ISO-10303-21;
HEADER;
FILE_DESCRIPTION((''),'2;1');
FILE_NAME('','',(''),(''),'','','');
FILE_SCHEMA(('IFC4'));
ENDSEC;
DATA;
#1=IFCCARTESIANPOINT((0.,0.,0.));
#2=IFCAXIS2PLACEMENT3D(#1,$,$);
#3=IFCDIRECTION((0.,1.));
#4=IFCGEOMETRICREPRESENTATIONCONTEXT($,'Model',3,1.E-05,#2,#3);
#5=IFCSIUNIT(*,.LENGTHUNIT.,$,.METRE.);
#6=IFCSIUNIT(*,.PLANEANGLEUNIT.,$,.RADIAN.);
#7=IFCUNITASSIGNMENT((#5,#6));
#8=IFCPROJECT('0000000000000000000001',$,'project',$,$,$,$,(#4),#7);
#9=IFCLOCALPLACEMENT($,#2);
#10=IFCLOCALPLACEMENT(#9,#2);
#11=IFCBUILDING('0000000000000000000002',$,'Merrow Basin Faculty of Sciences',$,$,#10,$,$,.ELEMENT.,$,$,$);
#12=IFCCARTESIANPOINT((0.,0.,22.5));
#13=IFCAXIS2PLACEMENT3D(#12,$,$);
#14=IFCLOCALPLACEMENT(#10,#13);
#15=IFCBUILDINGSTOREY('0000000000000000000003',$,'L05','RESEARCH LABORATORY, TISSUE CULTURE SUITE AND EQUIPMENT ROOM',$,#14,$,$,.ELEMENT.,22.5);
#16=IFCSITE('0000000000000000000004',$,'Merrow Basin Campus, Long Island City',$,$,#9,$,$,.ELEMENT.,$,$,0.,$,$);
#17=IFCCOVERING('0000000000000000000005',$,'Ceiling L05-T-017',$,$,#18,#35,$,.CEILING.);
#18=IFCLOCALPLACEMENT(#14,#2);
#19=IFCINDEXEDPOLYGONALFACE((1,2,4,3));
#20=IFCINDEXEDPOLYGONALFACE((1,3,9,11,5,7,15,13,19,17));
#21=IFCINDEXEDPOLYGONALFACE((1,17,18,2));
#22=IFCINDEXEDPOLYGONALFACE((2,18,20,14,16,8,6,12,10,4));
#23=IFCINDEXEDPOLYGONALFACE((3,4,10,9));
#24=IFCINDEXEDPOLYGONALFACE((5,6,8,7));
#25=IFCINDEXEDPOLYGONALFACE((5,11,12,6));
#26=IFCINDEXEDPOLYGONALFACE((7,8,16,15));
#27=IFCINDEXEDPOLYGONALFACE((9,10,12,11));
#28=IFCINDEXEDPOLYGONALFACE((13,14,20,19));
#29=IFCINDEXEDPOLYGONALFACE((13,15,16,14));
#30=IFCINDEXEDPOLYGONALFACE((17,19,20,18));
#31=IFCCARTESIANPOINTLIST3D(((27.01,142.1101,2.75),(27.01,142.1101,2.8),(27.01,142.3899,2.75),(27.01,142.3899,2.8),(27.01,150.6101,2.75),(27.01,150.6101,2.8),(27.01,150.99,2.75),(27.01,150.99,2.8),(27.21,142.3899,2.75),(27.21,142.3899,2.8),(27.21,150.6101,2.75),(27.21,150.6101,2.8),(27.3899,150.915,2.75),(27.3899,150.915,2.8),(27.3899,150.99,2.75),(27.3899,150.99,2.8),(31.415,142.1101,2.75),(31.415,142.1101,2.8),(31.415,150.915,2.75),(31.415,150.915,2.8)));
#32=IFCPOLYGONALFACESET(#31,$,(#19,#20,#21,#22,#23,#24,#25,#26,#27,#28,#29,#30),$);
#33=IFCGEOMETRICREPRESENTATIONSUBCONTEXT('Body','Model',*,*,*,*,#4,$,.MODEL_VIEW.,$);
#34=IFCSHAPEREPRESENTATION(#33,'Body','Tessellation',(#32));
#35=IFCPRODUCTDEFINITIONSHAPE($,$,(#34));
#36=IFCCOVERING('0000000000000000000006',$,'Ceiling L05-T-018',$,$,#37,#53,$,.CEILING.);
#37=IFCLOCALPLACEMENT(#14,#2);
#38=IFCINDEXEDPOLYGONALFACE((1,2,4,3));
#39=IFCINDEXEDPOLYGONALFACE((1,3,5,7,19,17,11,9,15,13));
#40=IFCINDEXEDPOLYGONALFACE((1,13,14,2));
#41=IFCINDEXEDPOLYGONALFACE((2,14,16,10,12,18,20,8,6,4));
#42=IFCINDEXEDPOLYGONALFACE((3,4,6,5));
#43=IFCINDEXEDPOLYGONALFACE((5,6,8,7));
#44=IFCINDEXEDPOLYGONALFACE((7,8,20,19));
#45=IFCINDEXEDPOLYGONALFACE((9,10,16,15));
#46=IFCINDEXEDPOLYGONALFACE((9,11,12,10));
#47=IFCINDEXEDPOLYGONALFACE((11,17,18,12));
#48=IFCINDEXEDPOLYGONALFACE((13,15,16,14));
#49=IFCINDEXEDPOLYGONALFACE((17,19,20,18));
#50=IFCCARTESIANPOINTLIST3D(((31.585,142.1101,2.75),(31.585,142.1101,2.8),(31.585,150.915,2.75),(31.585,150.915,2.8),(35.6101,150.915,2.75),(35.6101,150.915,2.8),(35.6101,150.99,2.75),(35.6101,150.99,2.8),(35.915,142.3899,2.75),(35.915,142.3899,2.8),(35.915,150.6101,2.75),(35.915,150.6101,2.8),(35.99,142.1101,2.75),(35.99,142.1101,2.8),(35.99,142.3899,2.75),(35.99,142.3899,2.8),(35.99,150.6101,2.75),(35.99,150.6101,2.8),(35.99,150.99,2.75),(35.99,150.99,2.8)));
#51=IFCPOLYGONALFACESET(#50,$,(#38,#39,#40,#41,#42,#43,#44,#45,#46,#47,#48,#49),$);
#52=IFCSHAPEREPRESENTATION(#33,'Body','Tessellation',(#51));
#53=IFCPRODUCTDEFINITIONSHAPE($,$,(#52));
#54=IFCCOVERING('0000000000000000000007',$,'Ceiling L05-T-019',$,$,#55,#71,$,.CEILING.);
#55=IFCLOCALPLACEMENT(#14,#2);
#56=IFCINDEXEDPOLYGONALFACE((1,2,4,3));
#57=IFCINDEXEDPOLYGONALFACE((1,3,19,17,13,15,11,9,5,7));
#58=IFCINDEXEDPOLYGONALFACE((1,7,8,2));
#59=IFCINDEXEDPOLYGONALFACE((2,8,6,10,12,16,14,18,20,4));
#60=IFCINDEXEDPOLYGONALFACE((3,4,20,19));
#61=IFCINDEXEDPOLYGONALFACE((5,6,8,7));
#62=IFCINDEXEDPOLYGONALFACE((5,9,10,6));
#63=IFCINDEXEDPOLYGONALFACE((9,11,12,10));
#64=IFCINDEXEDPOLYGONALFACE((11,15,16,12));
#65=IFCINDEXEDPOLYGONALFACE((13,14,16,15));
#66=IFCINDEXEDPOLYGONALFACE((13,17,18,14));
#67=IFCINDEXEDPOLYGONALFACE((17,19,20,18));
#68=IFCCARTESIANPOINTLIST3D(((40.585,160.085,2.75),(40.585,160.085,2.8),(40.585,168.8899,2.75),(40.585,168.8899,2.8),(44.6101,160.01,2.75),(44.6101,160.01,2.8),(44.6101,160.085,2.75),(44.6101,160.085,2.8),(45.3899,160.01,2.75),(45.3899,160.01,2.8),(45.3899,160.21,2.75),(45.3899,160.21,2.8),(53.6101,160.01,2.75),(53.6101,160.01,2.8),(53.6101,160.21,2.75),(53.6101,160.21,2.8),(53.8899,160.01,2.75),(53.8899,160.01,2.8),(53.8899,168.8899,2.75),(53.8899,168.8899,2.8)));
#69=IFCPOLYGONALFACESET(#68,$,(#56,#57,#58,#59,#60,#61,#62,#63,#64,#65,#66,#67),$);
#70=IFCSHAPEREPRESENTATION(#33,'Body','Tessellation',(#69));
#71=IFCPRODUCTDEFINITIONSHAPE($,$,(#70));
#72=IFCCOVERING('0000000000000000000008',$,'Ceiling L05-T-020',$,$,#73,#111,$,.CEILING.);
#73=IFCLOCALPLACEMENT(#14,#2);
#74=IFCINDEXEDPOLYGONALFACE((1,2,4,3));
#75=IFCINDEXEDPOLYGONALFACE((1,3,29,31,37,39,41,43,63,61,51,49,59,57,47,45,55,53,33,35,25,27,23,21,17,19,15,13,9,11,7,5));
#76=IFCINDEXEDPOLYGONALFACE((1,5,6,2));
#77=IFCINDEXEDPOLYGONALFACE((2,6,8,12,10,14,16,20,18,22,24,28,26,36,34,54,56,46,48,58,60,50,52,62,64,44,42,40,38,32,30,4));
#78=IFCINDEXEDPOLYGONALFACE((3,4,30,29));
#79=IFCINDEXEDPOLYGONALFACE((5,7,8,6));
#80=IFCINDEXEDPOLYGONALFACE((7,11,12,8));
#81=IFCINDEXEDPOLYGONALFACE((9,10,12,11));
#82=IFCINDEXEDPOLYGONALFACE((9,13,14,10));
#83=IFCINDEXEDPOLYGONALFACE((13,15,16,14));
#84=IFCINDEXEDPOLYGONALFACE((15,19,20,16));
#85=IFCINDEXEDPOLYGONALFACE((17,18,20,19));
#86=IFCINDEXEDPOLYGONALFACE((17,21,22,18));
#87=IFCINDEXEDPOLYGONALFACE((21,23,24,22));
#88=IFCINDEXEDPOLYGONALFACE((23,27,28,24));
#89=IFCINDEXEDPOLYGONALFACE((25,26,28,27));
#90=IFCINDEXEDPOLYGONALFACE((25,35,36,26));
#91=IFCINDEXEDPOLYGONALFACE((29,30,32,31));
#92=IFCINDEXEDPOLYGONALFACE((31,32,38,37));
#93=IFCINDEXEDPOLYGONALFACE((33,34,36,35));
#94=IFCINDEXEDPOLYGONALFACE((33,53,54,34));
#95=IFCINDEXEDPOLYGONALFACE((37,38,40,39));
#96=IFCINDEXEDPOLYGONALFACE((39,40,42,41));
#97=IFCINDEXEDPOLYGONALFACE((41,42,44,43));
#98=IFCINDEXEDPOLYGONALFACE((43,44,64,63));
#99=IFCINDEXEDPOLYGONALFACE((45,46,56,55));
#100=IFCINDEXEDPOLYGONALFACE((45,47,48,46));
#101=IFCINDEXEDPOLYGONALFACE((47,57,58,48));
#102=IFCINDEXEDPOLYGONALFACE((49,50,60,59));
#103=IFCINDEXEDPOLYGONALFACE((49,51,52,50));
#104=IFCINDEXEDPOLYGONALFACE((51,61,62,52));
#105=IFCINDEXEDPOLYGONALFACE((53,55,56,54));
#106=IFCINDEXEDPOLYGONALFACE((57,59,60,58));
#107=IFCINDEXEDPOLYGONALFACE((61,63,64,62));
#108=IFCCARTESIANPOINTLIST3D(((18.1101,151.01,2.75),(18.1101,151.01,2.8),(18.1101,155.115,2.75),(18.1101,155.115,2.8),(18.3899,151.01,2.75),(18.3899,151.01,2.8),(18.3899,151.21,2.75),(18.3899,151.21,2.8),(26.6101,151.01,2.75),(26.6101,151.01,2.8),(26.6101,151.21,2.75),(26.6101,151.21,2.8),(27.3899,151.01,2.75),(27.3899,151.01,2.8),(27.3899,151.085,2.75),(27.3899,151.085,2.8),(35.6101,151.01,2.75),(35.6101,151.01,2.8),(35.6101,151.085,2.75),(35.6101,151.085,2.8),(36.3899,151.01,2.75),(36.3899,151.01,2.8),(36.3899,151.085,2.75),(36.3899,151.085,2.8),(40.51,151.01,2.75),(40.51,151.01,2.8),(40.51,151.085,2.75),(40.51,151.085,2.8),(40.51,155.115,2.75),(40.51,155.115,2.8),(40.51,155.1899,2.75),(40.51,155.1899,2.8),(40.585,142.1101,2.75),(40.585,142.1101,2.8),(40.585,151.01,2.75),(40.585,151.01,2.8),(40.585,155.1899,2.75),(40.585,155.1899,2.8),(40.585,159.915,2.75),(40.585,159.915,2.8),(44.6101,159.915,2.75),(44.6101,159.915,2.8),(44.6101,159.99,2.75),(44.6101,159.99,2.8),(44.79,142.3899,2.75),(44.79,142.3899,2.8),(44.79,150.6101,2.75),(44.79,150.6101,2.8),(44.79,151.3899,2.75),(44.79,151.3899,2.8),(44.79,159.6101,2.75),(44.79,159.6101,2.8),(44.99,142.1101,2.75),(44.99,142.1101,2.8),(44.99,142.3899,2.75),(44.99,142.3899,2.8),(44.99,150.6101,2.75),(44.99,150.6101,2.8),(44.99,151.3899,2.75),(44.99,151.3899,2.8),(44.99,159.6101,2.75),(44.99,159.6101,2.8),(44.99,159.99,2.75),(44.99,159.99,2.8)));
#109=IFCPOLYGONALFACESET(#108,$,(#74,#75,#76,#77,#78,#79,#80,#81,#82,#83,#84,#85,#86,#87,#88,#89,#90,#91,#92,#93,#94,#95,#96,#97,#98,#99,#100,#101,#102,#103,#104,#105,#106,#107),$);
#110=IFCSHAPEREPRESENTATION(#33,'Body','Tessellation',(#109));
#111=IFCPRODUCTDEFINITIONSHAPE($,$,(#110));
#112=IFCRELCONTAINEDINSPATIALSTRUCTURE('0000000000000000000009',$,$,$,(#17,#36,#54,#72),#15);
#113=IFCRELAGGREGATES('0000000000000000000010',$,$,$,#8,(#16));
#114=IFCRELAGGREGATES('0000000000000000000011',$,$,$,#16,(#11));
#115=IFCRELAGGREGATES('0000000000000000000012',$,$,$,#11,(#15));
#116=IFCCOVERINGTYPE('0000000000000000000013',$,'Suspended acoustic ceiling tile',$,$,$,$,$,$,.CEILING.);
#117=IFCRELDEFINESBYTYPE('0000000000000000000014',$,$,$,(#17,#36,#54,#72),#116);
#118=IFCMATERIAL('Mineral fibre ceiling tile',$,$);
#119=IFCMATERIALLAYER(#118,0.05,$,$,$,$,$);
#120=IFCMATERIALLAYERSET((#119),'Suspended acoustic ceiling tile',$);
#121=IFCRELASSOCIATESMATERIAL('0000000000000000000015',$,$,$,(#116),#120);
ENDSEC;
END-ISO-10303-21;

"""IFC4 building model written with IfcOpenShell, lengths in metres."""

from ifc_helpers import new_model, si_unit, direction, frame, origin, place, context, subcontext, project, spatial, polyline, outline, extrude, material, layer, layer_set, type_object, element, save


model = new_model("IFC4")

# Units and contexts
model_context = context("Model", 3, precision=1e-05, world=origin(), true_north=direction((0.0, 1.0)))
body_context = subcontext(model_context, "Body", "Model", "MODEL_VIEW")
ifc_project = project(units=[si_unit("LENGTHUNIT", "METRE"), si_unit("PLANEANGLEUNIT", "RADIAN")], contexts=[model_context])

# Site, building, storey
site_placement = place(None, origin())
site = spatial("IfcSite", under=ifc_project, at=site_placement, Name="Merrow Basin Campus, Long Island City", CompositionType="ELEMENT", RefElevation=0.0)
building_placement = place(site_placement, origin())
building = spatial("IfcBuilding", under=site, at=building_placement, Name="Merrow Basin Faculty of Sciences", CompositionType="ELEMENT")
storey_placement = place(building_placement, frame((0.0, 0.0, 22.5)))
storey = spatial("IfcBuildingStorey", under=building, at=storey_placement, Name="L05", Description="RESEARCH LABORATORY, TISSUE CULTURE SUITE AND EQUIPMENT ROOM", CompositionType="ELEMENT", Elevation=22.5)

# Coverings
ifc_material_1 = material(Name="Mineral fibre ceiling tile")
ifc_layer_1 = layer(ifc_material_1, 0.05)
ifc_layer_set_1 = layer_set([ifc_layer_1], Name="Suspended acoustic ceiling tile")
covering_type_1 = type_object("IfcCoveringType", Name="Suspended acoustic ceiling tile", PredefinedType="CEILING", material=ifc_layer_set_1)
covering_1_placement = place(storey_placement, frame((0.0, 0.0, 2.75)))
element("IfcCovering", 1, at=covering_1_placement, inside=storey, type_object=covering_type_1, Name="Ceiling L05-T-017", PredefinedType="CEILING", context=body_context, shape_type="SweptSolid", body=[
    extrude(outline(polyline([(27.3899, 150.99), (27.3899, 150.915), (31.415, 150.915), (31.415, 142.1101), (27.01, 142.1101), (27.01, 142.3899), (27.21, 142.3899), (27.21, 150.6101), (27.01, 150.6101), (27.01, 150.99), (27.3899, 150.99)])), origin(), (0.0, 0.0, 1.0), 0.05),
])
covering_2_placement = place(storey_placement, frame((0.0, 0.0, 2.75)))
element("IfcCovering", 2, at=covering_2_placement, inside=storey, type_object=covering_type_1, Name="Ceiling L05-T-018", PredefinedType="CEILING", context=body_context, shape_type="SweptSolid", body=[
    extrude(outline(polyline([(35.99, 150.99), (35.99, 150.6101), (35.915, 150.6101), (35.915, 142.3899), (35.99, 142.3899), (35.99, 142.1101), (31.585, 142.1101), (31.585, 150.915), (35.6101, 150.915), (35.6101, 150.99), (35.99, 150.99)])), origin(), (0.0, 0.0, 1.0), 0.05),
])
covering_3_placement = place(storey_placement, frame((0.0, 0.0, 2.75)))
element("IfcCovering", 3, at=covering_3_placement, inside=storey, type_object=covering_type_1, Name="Ceiling L05-T-019", PredefinedType="CEILING", context=body_context, shape_type="SweptSolid", body=[
    extrude(outline(polyline([(53.8899, 168.8899), (53.8899, 160.01), (53.6101, 160.01), (53.6101, 160.21), (45.3899, 160.21), (45.3899, 160.01), (44.6101, 160.01), (44.6101, 160.085), (40.585, 160.085), (40.585, 168.8899), (53.8899, 168.8899)])), origin(), (0.0, 0.0, 1.0), 0.05),
])
covering_4_placement = place(storey_placement, frame((0.0, 0.0, 2.75)))
element("IfcCovering", 4, at=covering_4_placement, inside=storey, type_object=covering_type_1, Name="Ceiling L05-T-020", PredefinedType="CEILING", context=body_context, shape_type="SweptSolid", body=[
    extrude(outline(polyline([(44.99, 159.6101), (44.79, 159.6101), (44.79, 151.3899), (44.99, 151.3899), (44.99, 150.6101), (44.79, 150.6101), (44.79, 142.3899), (44.99, 142.3899), (44.99, 142.1101), (40.585, 142.1101), (40.585, 151.01), (40.51, 151.01), (40.51, 151.085), (36.3899, 151.085), (36.3899, 151.01), (35.6101, 151.01), (35.6101, 151.085), (27.3899, 151.085), (27.3899, 151.01), (26.6101, 151.01), (26.6101, 151.21), (18.3899, 151.21), (18.3899, 151.01), (18.1101, 151.01), (18.1101, 155.115), (40.51, 155.115), (40.51, 155.1899), (40.585, 155.1899), (40.585, 159.915), (44.6101, 159.915), (44.6101, 159.99), (44.99, 159.99), (44.99, 159.6101)])), origin(), (0.0, 0.0, 1.0), 0.05),
])

save(model, "model.ifc")
